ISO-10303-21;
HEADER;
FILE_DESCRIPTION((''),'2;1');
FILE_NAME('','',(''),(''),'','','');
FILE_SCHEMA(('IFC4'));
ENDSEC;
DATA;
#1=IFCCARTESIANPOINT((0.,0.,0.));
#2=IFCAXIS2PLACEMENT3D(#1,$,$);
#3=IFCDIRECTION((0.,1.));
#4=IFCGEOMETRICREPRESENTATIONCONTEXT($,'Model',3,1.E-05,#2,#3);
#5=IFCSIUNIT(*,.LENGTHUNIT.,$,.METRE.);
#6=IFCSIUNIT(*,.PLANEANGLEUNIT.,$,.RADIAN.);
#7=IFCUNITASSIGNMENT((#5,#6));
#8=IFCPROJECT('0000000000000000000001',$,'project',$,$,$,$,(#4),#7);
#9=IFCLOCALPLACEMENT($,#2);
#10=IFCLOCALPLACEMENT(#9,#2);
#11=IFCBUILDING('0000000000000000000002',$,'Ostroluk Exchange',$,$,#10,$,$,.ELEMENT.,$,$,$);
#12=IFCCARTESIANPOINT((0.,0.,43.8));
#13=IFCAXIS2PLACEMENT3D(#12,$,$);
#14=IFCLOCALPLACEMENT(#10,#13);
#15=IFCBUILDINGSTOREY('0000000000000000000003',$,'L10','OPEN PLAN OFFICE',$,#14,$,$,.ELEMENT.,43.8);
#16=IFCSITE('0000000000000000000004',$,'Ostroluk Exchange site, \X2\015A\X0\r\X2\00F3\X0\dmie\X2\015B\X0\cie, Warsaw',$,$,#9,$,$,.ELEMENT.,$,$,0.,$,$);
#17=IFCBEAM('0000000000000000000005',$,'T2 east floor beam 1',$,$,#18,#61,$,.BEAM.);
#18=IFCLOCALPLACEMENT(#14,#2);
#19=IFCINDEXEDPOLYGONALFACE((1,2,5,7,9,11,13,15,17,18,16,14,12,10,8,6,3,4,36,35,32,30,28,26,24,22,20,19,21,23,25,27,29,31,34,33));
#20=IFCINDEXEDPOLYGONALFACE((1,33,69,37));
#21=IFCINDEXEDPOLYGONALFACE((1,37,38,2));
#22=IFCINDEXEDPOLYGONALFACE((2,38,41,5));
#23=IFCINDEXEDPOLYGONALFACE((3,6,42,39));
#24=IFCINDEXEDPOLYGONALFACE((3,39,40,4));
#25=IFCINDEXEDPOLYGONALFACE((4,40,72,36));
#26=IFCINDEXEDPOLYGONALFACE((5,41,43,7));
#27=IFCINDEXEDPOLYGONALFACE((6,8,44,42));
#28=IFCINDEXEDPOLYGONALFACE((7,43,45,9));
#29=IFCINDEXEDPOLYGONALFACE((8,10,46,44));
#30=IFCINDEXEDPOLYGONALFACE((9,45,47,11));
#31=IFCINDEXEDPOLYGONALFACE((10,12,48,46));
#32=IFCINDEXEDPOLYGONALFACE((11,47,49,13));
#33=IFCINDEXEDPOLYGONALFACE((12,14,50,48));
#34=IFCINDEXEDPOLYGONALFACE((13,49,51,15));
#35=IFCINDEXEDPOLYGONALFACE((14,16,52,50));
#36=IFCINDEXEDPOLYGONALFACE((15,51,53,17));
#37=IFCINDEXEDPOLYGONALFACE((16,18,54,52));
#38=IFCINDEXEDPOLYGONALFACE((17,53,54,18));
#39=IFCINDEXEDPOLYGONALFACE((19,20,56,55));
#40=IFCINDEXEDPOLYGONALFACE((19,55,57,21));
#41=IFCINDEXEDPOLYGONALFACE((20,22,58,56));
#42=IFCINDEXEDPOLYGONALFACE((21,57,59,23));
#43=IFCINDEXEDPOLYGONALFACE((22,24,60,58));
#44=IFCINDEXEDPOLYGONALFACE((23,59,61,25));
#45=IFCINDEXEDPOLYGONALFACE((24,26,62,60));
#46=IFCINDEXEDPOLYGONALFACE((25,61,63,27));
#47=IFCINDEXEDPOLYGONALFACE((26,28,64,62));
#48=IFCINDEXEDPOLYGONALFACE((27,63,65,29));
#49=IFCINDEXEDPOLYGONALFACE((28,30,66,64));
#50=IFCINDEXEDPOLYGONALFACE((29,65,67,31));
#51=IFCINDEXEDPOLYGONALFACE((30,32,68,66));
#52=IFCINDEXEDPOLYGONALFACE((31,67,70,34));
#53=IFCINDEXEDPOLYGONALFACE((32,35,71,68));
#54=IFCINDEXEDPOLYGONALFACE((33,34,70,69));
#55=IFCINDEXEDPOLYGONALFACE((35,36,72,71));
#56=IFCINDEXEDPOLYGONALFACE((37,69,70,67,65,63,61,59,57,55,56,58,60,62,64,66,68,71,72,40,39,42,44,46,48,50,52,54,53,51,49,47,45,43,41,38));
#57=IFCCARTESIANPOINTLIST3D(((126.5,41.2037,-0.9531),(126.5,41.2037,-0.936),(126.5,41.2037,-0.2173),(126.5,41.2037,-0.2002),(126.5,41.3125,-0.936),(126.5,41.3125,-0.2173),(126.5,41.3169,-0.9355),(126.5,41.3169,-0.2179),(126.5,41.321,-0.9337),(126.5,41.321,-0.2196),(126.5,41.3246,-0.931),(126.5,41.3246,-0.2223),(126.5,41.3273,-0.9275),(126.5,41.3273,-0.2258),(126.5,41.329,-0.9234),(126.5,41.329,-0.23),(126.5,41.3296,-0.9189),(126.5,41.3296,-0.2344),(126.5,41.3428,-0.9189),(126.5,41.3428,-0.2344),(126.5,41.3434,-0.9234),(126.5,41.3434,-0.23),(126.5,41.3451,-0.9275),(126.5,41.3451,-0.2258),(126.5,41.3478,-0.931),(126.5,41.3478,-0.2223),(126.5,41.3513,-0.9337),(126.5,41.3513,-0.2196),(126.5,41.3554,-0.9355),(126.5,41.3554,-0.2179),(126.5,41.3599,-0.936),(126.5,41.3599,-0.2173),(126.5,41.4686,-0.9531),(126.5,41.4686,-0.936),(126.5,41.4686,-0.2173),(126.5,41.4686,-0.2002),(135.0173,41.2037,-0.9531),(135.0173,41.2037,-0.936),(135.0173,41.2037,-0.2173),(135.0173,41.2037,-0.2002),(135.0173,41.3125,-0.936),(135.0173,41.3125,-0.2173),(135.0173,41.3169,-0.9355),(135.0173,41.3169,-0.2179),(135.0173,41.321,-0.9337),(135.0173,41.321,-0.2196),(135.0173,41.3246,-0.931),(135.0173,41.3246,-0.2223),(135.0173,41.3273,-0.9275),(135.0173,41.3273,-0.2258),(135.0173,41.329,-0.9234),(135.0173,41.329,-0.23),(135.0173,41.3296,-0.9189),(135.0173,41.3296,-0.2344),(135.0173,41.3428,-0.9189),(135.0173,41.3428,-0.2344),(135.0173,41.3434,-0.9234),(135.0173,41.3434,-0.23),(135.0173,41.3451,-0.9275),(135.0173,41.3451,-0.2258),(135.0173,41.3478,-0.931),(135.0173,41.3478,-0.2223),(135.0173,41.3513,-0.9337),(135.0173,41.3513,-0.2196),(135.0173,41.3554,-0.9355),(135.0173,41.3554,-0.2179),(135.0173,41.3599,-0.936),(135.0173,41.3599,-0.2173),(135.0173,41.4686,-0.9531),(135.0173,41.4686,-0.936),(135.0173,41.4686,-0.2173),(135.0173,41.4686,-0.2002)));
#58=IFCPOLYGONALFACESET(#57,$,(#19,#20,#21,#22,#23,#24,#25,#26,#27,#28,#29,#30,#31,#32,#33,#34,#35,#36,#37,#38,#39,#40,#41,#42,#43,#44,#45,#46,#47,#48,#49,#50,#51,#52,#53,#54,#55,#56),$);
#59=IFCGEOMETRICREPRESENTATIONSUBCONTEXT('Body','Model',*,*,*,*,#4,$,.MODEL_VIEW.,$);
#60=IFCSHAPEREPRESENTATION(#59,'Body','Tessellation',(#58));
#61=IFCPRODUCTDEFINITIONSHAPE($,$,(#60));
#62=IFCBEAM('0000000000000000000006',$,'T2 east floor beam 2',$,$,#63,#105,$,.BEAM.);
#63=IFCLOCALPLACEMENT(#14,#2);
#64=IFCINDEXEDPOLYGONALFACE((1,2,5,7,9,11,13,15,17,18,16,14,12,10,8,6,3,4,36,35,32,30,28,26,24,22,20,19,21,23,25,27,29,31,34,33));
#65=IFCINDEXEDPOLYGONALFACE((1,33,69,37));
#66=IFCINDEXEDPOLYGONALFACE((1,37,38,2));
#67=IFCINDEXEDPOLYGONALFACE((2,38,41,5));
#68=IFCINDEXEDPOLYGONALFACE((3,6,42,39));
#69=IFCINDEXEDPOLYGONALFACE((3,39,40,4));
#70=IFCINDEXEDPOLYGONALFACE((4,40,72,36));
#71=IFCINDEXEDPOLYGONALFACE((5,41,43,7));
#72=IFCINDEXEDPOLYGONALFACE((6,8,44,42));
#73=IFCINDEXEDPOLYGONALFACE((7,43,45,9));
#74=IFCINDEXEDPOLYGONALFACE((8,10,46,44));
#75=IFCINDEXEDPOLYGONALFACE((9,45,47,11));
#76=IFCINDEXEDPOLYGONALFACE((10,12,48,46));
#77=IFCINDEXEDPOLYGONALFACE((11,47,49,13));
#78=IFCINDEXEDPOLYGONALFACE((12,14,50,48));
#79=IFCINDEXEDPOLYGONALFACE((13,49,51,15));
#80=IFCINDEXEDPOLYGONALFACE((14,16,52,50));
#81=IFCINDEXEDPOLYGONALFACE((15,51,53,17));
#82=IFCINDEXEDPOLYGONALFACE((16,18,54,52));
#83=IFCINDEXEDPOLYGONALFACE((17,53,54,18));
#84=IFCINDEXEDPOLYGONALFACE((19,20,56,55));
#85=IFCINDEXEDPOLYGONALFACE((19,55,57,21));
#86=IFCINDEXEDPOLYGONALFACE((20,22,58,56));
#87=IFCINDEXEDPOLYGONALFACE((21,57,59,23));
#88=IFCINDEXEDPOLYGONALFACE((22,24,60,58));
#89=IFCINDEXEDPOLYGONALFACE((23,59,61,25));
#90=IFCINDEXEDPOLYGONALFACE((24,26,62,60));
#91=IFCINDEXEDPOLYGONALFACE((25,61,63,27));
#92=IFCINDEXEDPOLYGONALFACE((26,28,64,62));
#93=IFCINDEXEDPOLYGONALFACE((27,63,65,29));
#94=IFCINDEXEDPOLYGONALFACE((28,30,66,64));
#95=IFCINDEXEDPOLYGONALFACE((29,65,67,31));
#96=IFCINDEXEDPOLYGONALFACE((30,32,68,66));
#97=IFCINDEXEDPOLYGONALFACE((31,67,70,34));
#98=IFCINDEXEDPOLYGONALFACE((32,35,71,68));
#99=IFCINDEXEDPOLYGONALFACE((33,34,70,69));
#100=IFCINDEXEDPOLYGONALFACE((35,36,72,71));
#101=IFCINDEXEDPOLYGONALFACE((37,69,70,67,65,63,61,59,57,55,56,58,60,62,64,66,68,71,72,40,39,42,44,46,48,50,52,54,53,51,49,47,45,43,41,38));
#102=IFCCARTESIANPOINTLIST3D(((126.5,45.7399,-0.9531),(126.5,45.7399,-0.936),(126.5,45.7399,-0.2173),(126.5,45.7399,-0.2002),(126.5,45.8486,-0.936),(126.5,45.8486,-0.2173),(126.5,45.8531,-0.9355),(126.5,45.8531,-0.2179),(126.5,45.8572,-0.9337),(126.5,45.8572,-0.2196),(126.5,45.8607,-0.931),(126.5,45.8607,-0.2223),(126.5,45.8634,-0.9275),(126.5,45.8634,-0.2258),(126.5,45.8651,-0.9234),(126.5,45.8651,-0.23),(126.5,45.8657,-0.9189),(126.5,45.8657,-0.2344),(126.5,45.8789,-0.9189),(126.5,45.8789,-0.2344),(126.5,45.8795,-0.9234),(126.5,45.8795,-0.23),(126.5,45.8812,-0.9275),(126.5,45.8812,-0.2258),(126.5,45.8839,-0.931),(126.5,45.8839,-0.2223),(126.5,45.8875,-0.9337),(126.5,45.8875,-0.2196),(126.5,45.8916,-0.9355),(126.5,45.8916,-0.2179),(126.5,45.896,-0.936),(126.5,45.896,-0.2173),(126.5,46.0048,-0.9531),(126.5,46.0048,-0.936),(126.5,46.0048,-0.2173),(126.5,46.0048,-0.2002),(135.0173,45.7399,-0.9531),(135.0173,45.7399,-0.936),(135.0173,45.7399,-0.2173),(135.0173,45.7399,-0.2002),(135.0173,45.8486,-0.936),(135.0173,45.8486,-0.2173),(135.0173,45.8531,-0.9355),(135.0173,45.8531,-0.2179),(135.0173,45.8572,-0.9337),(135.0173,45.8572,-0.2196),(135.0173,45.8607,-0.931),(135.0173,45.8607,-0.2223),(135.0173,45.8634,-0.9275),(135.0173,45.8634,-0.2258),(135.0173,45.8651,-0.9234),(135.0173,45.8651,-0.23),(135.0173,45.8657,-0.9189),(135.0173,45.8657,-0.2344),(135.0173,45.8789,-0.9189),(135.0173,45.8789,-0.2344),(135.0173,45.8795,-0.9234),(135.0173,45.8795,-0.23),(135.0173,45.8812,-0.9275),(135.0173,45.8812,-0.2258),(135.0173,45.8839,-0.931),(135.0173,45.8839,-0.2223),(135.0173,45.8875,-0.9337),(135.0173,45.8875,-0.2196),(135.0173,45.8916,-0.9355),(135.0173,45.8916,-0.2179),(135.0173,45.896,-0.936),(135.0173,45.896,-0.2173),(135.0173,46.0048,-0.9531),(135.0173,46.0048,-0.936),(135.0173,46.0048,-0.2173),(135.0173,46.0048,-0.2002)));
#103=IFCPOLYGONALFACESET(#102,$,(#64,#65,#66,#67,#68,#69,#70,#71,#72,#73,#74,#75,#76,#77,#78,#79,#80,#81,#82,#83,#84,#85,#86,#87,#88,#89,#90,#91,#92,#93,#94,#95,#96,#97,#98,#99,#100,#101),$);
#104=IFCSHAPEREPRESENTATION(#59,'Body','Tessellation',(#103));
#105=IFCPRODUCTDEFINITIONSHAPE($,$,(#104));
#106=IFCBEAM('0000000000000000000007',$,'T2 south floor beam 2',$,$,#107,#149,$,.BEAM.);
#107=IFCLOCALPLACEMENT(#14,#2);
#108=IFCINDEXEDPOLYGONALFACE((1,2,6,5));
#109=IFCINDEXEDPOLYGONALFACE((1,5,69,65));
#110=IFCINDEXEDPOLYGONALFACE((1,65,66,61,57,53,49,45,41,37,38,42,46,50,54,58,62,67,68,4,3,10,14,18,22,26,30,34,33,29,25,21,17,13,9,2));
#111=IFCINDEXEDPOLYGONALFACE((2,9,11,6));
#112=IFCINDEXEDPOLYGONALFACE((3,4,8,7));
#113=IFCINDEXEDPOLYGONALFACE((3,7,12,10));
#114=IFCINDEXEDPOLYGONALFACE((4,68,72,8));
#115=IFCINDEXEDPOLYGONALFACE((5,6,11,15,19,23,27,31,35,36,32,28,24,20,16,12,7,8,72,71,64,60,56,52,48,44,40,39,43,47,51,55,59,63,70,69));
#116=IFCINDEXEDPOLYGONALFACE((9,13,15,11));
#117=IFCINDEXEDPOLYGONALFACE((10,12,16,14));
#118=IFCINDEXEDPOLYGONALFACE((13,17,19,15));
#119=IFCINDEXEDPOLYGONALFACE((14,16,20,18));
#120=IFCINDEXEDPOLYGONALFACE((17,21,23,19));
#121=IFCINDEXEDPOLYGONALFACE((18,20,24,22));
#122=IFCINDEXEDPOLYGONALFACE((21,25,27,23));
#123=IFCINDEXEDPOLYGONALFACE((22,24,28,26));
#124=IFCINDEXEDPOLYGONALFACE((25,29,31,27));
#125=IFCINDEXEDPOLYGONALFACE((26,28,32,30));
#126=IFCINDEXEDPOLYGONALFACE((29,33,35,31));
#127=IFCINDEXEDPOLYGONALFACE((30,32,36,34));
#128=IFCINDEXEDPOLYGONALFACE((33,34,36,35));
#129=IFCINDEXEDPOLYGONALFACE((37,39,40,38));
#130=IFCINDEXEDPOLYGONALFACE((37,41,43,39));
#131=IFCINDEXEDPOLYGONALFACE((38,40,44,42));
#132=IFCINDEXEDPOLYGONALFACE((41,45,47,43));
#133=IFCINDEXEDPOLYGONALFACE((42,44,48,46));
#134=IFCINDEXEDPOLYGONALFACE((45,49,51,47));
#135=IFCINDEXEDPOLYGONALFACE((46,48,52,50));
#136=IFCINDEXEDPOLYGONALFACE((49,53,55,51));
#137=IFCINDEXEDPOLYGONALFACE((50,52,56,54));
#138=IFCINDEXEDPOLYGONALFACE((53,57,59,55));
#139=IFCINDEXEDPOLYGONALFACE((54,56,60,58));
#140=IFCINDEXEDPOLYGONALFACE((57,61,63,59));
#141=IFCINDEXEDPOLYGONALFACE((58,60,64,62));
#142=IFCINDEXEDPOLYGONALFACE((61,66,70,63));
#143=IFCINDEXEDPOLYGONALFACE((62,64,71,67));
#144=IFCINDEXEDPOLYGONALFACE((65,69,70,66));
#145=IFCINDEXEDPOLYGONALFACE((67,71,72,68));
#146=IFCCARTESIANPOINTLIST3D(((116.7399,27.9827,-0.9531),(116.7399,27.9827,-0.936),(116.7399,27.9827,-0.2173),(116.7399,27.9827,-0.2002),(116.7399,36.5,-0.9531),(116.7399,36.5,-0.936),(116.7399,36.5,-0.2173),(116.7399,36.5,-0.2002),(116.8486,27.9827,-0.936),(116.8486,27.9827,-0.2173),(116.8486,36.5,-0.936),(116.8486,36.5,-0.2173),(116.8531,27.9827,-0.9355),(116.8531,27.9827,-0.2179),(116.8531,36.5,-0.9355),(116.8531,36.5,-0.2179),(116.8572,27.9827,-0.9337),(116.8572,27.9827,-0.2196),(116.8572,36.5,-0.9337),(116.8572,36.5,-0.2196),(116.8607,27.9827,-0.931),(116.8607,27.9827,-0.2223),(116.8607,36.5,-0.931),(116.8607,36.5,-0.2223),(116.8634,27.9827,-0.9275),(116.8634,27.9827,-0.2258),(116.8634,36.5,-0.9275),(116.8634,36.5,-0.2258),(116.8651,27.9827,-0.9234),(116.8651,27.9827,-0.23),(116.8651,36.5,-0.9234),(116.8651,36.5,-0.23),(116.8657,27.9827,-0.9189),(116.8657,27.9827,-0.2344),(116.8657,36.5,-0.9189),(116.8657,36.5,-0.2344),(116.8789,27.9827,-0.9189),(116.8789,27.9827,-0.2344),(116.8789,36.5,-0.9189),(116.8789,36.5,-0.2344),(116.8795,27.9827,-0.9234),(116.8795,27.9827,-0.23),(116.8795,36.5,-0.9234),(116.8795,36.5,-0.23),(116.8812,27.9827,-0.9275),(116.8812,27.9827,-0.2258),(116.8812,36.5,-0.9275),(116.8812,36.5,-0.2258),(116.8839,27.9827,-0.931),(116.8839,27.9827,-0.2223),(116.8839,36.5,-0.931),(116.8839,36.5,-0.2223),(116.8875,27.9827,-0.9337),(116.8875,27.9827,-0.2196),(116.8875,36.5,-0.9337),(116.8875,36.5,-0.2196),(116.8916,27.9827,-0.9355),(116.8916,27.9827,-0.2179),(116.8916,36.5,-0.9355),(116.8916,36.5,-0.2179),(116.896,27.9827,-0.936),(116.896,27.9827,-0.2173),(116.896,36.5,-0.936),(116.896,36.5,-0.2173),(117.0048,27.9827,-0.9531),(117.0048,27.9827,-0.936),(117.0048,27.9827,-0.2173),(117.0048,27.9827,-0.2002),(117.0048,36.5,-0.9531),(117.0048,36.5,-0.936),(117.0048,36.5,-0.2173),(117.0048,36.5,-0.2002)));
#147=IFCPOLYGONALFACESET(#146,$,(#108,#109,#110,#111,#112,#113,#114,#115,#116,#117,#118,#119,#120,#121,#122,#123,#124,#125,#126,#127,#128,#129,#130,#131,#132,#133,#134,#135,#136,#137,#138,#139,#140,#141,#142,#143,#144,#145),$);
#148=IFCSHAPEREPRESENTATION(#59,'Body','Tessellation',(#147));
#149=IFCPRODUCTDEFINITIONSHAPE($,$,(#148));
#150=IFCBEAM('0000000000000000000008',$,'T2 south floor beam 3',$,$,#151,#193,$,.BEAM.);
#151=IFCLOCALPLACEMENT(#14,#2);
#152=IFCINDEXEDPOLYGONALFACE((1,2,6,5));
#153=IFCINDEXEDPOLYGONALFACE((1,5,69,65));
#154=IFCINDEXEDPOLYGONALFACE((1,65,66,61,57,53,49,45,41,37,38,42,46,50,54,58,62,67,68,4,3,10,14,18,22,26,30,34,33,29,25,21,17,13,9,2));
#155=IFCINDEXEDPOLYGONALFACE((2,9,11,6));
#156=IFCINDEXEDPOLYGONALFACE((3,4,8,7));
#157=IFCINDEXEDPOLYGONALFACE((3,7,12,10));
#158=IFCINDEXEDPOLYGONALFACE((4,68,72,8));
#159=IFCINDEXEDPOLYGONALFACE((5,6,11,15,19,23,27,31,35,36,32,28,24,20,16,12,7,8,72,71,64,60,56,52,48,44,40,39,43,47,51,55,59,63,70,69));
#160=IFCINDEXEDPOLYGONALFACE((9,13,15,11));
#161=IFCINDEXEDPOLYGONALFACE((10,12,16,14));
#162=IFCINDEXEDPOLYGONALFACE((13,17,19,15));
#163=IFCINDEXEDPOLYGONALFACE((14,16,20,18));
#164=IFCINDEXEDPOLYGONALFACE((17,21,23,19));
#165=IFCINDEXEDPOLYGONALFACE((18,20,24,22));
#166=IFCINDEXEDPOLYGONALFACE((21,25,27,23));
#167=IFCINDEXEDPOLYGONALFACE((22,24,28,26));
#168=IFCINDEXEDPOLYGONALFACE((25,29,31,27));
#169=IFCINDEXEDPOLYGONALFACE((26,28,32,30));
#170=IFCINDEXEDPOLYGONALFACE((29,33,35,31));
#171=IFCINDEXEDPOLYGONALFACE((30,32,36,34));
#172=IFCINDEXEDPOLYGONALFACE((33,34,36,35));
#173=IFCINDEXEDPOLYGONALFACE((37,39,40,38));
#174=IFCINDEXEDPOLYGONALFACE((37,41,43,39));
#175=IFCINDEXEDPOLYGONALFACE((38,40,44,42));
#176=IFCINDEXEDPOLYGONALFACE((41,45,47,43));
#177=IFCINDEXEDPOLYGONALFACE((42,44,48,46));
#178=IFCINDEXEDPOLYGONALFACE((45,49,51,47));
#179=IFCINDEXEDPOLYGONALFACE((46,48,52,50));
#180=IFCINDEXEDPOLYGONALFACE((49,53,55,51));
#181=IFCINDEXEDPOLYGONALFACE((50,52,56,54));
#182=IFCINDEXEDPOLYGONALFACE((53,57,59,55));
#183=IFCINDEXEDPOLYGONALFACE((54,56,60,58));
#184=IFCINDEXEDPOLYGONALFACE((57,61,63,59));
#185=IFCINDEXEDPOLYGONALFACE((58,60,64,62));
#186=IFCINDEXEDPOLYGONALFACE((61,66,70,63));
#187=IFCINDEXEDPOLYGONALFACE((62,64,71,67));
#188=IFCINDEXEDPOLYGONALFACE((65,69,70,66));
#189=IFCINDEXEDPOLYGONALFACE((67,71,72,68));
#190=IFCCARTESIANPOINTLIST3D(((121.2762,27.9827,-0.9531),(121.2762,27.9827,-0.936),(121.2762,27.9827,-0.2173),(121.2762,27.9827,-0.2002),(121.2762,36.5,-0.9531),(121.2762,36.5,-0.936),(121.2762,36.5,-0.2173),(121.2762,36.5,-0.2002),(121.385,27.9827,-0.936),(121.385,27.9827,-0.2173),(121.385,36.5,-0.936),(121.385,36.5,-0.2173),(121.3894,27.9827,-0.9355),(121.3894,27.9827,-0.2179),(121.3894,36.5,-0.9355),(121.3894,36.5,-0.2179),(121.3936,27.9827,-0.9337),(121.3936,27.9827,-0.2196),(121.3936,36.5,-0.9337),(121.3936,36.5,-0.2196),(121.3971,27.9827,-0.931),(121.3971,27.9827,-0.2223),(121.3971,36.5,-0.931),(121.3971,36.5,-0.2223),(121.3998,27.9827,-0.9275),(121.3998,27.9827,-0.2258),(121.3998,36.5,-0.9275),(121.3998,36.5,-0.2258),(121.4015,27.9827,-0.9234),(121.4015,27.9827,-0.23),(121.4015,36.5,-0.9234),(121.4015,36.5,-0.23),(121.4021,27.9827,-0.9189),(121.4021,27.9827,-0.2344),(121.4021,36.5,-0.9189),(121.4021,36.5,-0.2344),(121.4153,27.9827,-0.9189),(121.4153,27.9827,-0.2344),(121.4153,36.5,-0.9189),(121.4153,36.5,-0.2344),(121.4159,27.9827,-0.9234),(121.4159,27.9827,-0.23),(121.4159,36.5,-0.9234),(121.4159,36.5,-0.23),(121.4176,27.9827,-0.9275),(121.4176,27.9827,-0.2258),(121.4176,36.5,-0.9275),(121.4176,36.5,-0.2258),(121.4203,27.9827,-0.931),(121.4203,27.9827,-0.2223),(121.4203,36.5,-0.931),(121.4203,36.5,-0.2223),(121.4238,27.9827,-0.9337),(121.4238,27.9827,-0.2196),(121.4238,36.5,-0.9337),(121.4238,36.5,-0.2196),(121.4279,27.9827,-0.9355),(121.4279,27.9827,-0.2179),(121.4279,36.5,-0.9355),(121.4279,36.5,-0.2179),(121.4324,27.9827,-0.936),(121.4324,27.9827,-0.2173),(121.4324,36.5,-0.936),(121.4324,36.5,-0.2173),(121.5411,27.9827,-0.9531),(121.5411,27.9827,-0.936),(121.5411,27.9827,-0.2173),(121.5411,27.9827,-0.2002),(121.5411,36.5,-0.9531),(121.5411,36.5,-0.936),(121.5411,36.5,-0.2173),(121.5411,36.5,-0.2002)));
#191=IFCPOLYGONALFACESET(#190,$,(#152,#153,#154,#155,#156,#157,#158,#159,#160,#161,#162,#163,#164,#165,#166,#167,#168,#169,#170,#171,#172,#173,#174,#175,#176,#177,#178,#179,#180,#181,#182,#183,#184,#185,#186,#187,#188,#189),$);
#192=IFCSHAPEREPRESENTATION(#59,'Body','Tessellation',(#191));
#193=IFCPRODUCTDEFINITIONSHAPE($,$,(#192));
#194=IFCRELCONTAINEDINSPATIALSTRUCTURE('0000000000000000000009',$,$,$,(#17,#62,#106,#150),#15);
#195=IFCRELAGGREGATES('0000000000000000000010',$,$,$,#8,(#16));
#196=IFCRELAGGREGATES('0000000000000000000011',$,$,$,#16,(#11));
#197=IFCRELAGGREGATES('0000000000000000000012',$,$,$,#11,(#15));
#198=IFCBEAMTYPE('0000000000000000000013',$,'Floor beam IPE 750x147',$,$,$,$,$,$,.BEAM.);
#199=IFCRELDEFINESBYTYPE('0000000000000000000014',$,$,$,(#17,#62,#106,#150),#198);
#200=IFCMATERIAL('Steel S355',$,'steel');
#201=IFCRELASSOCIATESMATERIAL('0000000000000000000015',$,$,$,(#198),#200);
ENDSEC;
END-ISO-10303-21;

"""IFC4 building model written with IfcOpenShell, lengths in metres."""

from ifc_helpers import new_model, si_unit, direction, frame, origin, origin_2d, place, context, subcontext, project, spatial, i_section, extrude, material, material_profile, profile_set, type_object, element, save


model = new_model("IFC4")

# Units and contexts
model_context = context("Model", 3, precision=1e-05, world=origin(), true_north=direction((0.0, 1.0)))
body_context = subcontext(model_context, "Body", "Model", "MODEL_VIEW")
ifc_project = project(units=[si_unit("LENGTHUNIT", "METRE"), si_unit("PLANEANGLEUNIT", "RADIAN")], contexts=[model_context])

# Site, building, storey
site_placement = place(None, origin())
site = spatial("IfcSite", under=ifc_project, at=site_placement, Name="Ostroluk Exchange site, Śródmieście, Warsaw", CompositionType="ELEMENT", RefElevation=0.0)
building_placement = place(site_placement, origin())
building = spatial("IfcBuilding", under=site, at=building_placement, Name="Ostroluk Exchange", CompositionType="ELEMENT")
storey_placement = place(building_placement, frame((0.0, 0.0, 43.8)))
storey = spatial("IfcBuildingStorey", under=building, at=storey_placement, Name="L10", Description="OPEN PLAN OFFICE", CompositionType="ELEMENT", Elevation=43.8)

# Beams
ifc_material_1 = material(Name="Steel S355", Category="steel")
ifc_material_profile_1 = material_profile(ifc_material_1, i_section(OverallWidth=0.2649, OverallDepth=0.7529, WebThickness=0.0132, FlangeThickness=0.0171, FilletRadius=0.0171, at=origin_2d()), Name="IPE 750x147")
ifc_profile_set_1 = profile_set([ifc_material_profile_1], Name="Steel S355")
beam_type_1 = type_object("IfcBeamType", Name="Floor beam IPE 750x147", PredefinedType="BEAM", material=ifc_profile_set_1)
for number, where, z_axis, x_axis, name in (
    (1, (126.5, 41.3362, -0.5767), (1.0, 0.0, 0.0), (0.0, 1.0, 0.0), "T2 east floor beam 1"),
    (2, (126.5, 45.8723, -0.5767), (1.0, 0.0, 0.0), (0.0, 1.0, 0.0), "T2 east floor beam 2"),
    (3, (116.8723, 36.5, -0.5767), (0.0, -1.0, 0.0), (1.0, 0.0, 0.0), "T2 south floor beam 2"),
    (4, (121.4087, 36.5, -0.5767), (0.0, -1.0, 0.0), (1.0, 0.0, 0.0), "T2 south floor beam 3"),
):
    element("IfcBeam", number, at=place(storey_placement, frame(where, z_axis=z_axis, x_axis=x_axis)), inside=storey, type_object=beam_type_1, Name=name, PredefinedType="BEAM", context=body_context, shape_type="SweptSolid", body=[
        extrude(i_section(OverallWidth=0.2649, OverallDepth=0.7529, WebThickness=0.0132, FlangeThickness=0.0171, FilletRadius=0.0171, at=origin_2d()), origin(), (0.0, 0.0, 1.0), 8.5173),
    ])

save(model, "model.ifc")
